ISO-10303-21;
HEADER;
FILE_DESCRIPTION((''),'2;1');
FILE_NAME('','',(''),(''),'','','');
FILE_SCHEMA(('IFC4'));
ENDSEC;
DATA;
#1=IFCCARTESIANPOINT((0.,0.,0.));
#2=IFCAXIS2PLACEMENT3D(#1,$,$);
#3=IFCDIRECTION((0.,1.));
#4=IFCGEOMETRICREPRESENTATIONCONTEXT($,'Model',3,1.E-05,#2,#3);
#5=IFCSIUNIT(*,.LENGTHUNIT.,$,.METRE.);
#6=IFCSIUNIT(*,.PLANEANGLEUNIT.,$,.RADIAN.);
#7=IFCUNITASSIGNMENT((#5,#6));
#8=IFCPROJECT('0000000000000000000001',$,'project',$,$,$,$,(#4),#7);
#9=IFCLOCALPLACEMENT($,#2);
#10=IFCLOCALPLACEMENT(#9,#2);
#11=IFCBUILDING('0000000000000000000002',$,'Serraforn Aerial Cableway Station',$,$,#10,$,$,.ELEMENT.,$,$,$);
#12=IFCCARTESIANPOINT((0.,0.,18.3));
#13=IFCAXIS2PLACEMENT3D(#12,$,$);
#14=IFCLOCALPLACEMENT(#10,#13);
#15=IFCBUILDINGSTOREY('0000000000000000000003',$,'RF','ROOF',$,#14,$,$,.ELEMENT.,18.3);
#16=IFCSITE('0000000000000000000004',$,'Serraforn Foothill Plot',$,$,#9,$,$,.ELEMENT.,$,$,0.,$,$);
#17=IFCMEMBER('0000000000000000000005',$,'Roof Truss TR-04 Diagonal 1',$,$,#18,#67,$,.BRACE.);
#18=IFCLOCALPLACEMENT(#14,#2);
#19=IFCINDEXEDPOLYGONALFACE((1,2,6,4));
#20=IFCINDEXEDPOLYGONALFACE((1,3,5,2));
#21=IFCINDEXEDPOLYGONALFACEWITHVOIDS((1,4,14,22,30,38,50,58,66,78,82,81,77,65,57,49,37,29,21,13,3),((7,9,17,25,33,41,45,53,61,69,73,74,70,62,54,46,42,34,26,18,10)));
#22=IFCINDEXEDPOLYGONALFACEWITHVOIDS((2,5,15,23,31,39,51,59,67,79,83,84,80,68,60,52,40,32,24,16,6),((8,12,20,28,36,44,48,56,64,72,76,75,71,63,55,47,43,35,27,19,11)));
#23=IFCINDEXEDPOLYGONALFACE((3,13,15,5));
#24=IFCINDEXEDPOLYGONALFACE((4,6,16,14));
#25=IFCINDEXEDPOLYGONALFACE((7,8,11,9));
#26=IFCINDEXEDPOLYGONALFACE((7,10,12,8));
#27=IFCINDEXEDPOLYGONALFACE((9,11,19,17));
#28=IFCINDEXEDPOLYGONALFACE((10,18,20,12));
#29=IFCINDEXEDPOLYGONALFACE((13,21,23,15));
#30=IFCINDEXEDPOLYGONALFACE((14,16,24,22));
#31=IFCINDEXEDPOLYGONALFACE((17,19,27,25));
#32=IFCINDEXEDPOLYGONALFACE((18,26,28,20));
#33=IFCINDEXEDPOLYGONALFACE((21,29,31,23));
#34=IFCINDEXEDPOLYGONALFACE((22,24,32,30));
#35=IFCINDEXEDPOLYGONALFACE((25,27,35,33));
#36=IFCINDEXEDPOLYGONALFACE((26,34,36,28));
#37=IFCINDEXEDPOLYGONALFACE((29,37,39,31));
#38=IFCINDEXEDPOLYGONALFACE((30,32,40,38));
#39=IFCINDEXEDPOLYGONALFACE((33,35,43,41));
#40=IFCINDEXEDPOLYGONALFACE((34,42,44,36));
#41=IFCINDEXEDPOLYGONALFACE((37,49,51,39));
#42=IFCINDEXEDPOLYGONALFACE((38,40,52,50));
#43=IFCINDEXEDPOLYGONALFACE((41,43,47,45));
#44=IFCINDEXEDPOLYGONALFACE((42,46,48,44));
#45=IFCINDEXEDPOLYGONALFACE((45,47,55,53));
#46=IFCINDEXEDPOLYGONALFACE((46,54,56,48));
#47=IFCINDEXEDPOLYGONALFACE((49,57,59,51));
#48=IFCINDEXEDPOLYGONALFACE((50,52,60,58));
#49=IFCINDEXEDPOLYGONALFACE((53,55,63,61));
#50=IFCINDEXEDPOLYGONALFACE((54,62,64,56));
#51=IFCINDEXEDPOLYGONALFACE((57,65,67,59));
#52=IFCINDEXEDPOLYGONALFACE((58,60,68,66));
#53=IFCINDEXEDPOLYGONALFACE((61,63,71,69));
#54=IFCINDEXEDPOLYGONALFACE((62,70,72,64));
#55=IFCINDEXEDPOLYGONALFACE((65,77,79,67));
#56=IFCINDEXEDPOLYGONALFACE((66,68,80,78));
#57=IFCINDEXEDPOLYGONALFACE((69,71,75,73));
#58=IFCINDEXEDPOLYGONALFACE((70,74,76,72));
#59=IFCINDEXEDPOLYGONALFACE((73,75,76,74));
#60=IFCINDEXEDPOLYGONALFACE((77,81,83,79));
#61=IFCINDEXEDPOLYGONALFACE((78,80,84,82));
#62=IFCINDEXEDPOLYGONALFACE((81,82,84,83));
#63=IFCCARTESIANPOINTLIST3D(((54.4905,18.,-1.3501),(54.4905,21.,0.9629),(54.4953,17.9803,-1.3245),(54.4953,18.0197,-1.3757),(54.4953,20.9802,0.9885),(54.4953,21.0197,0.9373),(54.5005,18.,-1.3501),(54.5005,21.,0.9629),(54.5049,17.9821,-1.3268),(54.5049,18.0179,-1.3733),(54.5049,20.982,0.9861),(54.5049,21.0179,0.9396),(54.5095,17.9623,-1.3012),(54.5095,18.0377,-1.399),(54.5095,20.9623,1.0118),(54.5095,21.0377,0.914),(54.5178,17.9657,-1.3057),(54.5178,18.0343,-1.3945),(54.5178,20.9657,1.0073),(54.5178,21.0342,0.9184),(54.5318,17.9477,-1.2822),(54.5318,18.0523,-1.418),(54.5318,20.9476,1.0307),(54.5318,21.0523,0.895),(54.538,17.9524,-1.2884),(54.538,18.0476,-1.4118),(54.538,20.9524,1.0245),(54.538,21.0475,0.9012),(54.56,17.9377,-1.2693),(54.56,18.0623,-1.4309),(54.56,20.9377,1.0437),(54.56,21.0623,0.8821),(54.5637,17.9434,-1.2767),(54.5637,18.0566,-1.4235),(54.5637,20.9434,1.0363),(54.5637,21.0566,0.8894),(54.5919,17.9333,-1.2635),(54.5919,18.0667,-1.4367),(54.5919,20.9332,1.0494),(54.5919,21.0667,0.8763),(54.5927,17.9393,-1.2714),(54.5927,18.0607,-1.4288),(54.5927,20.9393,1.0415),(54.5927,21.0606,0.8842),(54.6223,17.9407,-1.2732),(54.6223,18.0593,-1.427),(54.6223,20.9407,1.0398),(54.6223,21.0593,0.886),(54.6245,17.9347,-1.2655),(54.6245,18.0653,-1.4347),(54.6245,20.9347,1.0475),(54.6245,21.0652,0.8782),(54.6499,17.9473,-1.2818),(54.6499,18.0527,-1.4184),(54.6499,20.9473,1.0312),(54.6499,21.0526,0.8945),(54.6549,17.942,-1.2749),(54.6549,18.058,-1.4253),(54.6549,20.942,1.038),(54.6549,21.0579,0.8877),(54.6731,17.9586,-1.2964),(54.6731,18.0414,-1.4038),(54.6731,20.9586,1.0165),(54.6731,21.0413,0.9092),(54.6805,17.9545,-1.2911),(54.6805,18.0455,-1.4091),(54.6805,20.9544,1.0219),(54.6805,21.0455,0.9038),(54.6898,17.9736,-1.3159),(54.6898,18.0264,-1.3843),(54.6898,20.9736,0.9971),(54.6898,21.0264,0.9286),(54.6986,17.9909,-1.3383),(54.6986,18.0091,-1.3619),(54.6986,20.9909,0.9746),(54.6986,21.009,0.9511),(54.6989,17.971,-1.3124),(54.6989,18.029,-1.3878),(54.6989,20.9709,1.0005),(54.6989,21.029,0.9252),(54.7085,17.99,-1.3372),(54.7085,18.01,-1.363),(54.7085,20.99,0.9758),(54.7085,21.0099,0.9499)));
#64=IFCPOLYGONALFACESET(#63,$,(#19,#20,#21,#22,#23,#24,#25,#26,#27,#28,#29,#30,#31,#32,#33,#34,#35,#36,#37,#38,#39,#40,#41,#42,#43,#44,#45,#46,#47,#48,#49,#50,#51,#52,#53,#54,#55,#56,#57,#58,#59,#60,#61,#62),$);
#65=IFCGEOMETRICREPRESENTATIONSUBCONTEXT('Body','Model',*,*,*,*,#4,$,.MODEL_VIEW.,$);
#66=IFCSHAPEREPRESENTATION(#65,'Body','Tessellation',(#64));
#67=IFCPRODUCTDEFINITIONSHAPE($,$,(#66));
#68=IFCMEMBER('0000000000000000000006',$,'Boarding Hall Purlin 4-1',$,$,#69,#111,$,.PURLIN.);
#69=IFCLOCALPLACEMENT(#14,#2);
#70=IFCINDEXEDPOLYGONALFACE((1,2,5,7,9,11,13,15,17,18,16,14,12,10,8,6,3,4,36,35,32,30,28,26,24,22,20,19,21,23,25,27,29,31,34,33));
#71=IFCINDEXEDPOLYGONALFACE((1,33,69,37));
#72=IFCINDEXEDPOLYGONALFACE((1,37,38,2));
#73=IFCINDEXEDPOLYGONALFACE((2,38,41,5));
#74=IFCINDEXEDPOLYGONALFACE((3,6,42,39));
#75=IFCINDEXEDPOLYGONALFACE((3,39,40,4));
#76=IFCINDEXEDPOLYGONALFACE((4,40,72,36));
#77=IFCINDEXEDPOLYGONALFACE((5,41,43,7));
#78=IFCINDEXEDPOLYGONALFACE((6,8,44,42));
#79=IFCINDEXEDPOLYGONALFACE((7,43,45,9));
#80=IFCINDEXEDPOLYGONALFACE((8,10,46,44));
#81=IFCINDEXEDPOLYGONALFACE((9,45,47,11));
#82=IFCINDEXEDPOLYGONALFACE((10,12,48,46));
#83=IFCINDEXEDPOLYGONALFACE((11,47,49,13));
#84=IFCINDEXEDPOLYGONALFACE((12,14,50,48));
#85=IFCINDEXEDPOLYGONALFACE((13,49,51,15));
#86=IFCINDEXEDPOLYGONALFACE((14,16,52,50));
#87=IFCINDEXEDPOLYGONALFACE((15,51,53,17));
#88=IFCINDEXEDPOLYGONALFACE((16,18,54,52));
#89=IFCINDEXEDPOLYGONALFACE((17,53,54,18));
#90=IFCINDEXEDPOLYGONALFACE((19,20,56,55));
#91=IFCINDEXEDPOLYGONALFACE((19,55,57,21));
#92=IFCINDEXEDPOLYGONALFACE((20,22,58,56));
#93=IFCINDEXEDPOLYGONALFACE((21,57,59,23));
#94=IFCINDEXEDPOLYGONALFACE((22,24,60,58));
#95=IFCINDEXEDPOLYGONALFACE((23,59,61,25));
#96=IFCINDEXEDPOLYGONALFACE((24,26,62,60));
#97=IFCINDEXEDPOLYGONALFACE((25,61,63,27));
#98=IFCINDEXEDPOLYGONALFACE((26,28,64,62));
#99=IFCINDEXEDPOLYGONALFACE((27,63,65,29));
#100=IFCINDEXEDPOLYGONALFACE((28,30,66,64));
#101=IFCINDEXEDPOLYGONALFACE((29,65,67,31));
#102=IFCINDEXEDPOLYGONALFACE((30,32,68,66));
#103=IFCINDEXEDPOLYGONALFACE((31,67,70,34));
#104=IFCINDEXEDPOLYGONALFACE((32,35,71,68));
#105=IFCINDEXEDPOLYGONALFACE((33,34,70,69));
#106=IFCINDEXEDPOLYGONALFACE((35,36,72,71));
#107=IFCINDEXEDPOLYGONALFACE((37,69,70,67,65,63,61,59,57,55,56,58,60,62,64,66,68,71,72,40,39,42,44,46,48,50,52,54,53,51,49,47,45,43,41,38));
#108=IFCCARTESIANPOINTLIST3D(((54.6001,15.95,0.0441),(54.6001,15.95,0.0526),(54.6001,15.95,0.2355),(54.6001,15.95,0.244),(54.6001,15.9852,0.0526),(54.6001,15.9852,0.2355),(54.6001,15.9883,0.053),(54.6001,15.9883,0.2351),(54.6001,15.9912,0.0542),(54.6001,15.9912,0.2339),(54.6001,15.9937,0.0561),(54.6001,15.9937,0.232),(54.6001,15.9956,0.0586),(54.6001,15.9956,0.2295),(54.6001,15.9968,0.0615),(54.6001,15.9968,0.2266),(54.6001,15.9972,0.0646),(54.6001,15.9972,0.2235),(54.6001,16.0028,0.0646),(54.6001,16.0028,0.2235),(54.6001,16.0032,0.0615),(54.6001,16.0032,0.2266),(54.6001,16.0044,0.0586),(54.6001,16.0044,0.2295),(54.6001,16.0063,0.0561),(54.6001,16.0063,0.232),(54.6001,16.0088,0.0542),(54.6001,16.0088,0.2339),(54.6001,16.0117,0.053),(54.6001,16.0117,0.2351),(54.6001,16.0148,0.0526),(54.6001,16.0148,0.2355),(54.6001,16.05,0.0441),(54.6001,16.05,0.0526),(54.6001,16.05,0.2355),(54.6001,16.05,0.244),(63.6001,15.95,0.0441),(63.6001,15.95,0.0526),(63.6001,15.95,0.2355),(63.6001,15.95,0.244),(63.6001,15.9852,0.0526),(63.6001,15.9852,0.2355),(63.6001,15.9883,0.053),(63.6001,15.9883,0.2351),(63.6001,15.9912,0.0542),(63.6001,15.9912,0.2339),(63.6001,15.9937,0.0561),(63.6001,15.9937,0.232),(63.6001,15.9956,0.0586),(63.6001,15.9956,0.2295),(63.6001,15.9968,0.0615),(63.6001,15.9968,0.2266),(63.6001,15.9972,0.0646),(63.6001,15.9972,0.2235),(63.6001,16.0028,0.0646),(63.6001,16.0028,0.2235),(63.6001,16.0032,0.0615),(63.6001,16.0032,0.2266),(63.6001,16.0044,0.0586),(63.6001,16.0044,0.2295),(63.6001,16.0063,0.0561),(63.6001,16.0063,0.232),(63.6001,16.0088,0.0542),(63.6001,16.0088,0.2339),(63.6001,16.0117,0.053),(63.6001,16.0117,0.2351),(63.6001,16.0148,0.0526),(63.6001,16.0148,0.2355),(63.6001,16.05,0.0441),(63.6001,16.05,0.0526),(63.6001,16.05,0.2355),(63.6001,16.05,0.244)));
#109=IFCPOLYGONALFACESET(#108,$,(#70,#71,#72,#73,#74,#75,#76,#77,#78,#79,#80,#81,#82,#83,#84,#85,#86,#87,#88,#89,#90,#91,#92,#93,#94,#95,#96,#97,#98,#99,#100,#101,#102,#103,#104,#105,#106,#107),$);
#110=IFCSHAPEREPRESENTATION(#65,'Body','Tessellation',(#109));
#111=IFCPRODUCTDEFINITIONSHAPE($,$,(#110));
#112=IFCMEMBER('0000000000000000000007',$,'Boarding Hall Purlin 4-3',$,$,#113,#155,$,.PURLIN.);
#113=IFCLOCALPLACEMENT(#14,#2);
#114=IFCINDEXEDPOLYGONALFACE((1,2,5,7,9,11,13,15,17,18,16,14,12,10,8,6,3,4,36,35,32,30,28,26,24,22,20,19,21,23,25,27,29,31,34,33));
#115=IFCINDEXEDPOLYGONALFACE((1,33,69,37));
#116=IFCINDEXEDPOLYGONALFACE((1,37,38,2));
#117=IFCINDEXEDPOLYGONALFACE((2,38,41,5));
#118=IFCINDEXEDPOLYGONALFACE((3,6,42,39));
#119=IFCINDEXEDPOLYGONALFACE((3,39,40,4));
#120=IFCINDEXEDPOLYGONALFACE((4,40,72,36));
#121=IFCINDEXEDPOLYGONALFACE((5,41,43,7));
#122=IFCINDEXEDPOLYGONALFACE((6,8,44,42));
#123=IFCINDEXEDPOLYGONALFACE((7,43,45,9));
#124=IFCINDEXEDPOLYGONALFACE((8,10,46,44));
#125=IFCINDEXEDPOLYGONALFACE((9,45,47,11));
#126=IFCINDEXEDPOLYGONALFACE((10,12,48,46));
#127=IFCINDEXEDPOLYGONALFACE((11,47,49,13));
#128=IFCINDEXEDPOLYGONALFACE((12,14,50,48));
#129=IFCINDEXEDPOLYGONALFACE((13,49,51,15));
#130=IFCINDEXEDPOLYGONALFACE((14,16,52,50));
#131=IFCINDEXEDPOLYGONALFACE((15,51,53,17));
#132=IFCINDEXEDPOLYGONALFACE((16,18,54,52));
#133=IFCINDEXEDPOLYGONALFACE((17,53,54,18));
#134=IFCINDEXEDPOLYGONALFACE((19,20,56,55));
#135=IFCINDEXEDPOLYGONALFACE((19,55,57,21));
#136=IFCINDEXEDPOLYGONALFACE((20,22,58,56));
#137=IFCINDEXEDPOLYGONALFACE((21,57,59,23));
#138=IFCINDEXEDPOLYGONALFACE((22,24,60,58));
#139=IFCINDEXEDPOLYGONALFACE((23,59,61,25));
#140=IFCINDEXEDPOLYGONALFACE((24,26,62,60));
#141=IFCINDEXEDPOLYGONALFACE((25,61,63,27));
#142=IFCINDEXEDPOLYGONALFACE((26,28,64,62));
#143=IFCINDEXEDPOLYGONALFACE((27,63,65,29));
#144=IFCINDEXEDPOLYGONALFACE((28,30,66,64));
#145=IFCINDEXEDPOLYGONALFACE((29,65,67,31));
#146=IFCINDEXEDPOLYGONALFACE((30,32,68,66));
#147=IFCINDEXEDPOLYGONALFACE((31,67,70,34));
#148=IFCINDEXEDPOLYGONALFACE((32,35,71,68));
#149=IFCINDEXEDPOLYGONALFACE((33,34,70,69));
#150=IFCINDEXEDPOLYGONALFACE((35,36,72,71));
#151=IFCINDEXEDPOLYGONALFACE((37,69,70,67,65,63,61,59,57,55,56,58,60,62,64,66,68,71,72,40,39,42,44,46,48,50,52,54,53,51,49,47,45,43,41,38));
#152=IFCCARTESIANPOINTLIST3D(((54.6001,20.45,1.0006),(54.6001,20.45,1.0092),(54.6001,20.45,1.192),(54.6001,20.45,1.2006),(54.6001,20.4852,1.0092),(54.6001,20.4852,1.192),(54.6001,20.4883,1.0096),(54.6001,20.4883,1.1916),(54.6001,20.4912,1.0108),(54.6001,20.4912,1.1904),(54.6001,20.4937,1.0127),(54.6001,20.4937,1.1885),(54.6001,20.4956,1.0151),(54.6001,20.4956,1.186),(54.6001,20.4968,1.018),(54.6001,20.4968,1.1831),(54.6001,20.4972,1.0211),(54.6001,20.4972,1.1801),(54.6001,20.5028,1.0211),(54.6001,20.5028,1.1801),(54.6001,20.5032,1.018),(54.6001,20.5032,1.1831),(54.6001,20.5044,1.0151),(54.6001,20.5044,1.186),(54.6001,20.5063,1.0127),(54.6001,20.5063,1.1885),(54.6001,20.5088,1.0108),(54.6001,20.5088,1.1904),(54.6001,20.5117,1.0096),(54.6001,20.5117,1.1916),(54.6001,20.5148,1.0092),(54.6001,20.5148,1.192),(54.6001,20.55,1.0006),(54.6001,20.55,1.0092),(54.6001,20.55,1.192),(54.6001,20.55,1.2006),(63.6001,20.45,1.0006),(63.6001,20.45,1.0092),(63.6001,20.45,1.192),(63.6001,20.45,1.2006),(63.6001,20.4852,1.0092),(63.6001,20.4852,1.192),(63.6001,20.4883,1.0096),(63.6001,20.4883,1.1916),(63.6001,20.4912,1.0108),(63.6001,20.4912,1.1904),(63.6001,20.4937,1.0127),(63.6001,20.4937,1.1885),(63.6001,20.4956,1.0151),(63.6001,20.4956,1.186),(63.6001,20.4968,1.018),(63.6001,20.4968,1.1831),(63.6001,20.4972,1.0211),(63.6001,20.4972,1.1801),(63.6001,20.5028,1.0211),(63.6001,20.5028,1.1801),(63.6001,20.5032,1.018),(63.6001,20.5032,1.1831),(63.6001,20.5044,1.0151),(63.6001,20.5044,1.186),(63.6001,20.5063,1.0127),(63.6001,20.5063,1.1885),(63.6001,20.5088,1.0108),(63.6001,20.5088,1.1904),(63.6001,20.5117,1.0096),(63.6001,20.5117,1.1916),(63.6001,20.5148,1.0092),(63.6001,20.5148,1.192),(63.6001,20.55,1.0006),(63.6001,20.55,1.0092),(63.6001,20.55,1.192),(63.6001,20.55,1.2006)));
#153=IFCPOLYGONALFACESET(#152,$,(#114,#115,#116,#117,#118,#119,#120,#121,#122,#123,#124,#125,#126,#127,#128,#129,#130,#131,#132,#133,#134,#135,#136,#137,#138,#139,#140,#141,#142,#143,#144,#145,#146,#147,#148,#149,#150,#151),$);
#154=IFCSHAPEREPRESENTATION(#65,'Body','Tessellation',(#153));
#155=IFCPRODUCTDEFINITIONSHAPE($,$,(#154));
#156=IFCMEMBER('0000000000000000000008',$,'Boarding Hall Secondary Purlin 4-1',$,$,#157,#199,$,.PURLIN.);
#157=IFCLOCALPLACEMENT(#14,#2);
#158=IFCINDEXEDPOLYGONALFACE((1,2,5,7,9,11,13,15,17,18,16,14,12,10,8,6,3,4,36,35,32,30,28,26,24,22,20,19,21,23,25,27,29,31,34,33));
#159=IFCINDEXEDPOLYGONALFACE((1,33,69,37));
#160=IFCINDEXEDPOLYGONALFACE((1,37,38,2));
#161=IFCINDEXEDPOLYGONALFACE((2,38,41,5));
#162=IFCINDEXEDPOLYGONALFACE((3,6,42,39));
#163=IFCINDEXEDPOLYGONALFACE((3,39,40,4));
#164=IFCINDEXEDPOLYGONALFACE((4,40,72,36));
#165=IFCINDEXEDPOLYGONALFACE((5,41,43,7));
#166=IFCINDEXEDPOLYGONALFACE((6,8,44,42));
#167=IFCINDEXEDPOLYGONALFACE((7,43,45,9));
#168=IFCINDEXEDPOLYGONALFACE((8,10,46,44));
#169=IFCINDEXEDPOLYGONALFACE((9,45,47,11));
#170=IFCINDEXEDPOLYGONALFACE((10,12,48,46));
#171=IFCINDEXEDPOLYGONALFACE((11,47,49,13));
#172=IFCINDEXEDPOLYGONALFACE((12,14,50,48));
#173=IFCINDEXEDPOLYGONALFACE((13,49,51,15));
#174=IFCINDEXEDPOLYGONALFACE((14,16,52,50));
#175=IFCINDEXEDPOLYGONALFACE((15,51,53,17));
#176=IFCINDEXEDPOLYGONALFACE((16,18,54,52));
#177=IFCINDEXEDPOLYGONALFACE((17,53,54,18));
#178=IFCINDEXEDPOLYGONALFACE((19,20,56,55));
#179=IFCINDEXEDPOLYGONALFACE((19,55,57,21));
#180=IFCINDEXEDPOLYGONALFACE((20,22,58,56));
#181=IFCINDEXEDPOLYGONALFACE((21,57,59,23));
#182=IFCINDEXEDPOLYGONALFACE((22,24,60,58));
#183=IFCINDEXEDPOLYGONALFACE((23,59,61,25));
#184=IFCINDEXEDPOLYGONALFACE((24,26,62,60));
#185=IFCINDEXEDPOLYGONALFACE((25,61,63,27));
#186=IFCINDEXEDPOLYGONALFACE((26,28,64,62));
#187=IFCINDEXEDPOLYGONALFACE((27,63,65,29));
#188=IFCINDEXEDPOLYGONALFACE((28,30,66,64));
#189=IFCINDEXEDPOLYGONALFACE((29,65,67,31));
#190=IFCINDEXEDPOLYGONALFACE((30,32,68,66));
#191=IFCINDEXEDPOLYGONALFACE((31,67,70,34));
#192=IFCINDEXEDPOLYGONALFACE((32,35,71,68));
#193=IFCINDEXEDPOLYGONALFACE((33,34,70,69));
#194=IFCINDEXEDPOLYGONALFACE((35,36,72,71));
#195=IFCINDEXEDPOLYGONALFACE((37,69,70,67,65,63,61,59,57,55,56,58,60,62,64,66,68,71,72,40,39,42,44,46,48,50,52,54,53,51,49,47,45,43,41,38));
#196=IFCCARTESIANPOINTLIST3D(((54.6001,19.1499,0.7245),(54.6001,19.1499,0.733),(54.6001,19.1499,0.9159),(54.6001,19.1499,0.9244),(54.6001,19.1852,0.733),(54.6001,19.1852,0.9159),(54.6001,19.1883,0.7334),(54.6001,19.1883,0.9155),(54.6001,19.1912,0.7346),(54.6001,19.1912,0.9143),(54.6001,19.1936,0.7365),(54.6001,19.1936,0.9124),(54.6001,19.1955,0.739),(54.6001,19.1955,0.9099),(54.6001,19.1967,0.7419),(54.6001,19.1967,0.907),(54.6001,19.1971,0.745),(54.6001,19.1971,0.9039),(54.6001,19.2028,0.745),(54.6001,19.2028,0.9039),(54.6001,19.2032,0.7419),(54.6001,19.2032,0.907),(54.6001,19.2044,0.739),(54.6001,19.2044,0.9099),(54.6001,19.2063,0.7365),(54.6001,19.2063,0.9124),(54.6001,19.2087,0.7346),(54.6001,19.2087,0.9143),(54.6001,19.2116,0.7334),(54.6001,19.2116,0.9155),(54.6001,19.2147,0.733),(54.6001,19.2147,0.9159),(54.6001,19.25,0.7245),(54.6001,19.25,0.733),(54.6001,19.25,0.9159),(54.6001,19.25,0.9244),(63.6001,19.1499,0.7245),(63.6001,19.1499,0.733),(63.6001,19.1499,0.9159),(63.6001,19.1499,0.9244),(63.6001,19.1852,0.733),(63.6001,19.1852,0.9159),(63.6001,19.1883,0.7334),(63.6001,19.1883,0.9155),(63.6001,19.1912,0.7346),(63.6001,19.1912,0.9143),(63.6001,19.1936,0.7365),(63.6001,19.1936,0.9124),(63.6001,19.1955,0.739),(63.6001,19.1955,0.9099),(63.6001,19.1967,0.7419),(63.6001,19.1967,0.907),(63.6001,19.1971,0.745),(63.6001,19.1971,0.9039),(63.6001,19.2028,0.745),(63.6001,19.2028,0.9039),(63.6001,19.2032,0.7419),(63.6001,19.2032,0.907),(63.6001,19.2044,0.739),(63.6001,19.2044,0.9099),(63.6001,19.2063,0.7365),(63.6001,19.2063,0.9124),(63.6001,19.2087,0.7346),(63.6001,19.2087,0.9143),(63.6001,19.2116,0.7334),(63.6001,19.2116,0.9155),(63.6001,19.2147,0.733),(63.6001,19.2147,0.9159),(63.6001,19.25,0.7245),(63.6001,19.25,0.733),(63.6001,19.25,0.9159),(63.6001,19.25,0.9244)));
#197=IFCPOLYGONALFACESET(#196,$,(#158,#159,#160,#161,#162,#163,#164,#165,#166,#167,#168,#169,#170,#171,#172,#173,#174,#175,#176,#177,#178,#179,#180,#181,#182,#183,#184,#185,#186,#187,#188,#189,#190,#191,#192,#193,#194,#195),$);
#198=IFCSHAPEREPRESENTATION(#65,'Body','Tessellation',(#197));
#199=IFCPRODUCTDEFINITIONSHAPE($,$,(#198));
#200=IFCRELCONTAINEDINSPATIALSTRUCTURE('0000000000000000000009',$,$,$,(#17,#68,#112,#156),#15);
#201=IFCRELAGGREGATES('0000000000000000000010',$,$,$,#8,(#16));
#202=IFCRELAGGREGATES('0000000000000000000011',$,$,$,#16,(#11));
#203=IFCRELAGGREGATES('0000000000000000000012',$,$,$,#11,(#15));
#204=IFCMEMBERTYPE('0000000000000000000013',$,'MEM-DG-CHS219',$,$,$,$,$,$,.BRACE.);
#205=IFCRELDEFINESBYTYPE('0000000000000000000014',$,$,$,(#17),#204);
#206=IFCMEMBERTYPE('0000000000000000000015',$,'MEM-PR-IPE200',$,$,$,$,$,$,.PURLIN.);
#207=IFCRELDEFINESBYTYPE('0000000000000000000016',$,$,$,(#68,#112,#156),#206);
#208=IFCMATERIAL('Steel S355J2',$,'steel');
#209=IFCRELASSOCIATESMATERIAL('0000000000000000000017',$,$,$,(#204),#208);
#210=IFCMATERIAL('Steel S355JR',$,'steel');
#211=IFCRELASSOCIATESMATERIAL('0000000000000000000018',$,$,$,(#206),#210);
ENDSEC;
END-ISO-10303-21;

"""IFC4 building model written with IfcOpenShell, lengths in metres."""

from ifc_helpers import new_model, si_unit, direction, frame, origin, origin_2d, place, context, subcontext, project, spatial, hollow_circle, i_section, extrude, material, material_profile, profile_set, type_object, element, save


model = new_model("IFC4")

# Units and contexts
model_context = context("Model", 3, precision=1e-05, world=origin(), true_north=direction((0.0, 1.0)))
body_context = subcontext(model_context, "Body", "Model", "MODEL_VIEW")
ifc_project = project(units=[si_unit("LENGTHUNIT", "METRE"), si_unit("PLANEANGLEUNIT", "RADIAN")], contexts=[model_context])

# Site, building, storey
site_placement = place(None, origin())
site = spatial("IfcSite", under=ifc_project, at=site_placement, Name="Serraforn Foothill Plot", CompositionType="ELEMENT", RefElevation=0.0)
building_placement = place(site_placement, origin())
building = spatial("IfcBuilding", under=site, at=building_placement, Name="Serraforn Aerial Cableway Station", CompositionType="ELEMENT")
storey_placement = place(building_placement, frame((0.0, 0.0, 18.3)))
storey = spatial("IfcBuildingStorey", under=building, at=storey_placement, Name="RF", Description="ROOF", CompositionType="ELEMENT", Elevation=18.3)

# Shared definitions
ifc_material_1 = material(Name="Steel S355J2", Category="steel")

# Members
ifc_material_profile_1 = material_profile(ifc_material_1, hollow_circle(Radius=0.1096, WallThickness=0.01, at=origin_2d()), Name="CHS 219.1x10.0")
ifc_profile_set_1 = profile_set([ifc_material_profile_1], Name="Steel S355J2")
member_type_1 = type_object("IfcMemberType", Name="MEM-DG-CHS219", PredefinedType="BRACE", material=ifc_profile_set_1)
member_1_placement = place(storey_placement, frame((54.6001, 18.0, -1.3501), z_axis=(0.0, 0.791948, 0.610589), x_axis=(-1.0, 0.0, 0.0)))
element("IfcMember", 1, at=member_1_placement, inside=storey, type_object=member_type_1, Name="Roof Truss TR-04 Diagonal 1", PredefinedType="BRACE", context=body_context, shape_type="SweptSolid", body=[
    extrude(hollow_circle(Radius=0.1096, WallThickness=0.01, at=origin_2d()), origin(), (0.0, 0.0, 1.0), 3.7881),
])
ifc_material_2 = material(Name="Steel S355JR", Category="steel")
ifc_material_profile_2 = material_profile(ifc_material_2, i_section(OverallWidth=0.1001, OverallDepth=0.2, WebThickness=0.0056, FlangeThickness=0.0085, FilletRadius=0.012, at=origin_2d()), Name="IPE 200")
ifc_profile_set_2 = profile_set([ifc_material_profile_2], Name="Steel S355JR")
member_type_2 = type_object("IfcMemberType", Name="MEM-PR-IPE200", PredefinedType="PURLIN", material=ifc_profile_set_2)
for number, where, z_axis, x_axis, name in (
    (2, (54.6001, 16.0, 0.144), (1.0, 0.0, 0.0), (0.0, 1.0, 0.0), "Boarding Hall Purlin 4-1"),
    (3, (54.6001, 20.5, 1.1006), (1.0, 0.0, 0.0), (0.0, 1.0, 0.0), "Boarding Hall Purlin 4-3"),
    (4, (54.6001, 19.2, 0.8245), (1.0, 0.0, 0.0), (0.0, 1.0, 0.0), "Boarding Hall Secondary Purlin 4-1"),
):
    element("IfcMember", number, at=place(storey_placement, frame(where, z_axis=z_axis, x_axis=x_axis)), inside=storey, type_object=member_type_2, Name=name, PredefinedType="PURLIN", context=body_context, shape_type="SweptSolid", body=[
        extrude(i_section(OverallWidth=0.1001, OverallDepth=0.2, WebThickness=0.0056, FlangeThickness=0.0085, FilletRadius=0.012, at=origin_2d()), origin(), (0.0, 0.0, 1.0), 9.0),
    ])

save(model, "model.ifc")
